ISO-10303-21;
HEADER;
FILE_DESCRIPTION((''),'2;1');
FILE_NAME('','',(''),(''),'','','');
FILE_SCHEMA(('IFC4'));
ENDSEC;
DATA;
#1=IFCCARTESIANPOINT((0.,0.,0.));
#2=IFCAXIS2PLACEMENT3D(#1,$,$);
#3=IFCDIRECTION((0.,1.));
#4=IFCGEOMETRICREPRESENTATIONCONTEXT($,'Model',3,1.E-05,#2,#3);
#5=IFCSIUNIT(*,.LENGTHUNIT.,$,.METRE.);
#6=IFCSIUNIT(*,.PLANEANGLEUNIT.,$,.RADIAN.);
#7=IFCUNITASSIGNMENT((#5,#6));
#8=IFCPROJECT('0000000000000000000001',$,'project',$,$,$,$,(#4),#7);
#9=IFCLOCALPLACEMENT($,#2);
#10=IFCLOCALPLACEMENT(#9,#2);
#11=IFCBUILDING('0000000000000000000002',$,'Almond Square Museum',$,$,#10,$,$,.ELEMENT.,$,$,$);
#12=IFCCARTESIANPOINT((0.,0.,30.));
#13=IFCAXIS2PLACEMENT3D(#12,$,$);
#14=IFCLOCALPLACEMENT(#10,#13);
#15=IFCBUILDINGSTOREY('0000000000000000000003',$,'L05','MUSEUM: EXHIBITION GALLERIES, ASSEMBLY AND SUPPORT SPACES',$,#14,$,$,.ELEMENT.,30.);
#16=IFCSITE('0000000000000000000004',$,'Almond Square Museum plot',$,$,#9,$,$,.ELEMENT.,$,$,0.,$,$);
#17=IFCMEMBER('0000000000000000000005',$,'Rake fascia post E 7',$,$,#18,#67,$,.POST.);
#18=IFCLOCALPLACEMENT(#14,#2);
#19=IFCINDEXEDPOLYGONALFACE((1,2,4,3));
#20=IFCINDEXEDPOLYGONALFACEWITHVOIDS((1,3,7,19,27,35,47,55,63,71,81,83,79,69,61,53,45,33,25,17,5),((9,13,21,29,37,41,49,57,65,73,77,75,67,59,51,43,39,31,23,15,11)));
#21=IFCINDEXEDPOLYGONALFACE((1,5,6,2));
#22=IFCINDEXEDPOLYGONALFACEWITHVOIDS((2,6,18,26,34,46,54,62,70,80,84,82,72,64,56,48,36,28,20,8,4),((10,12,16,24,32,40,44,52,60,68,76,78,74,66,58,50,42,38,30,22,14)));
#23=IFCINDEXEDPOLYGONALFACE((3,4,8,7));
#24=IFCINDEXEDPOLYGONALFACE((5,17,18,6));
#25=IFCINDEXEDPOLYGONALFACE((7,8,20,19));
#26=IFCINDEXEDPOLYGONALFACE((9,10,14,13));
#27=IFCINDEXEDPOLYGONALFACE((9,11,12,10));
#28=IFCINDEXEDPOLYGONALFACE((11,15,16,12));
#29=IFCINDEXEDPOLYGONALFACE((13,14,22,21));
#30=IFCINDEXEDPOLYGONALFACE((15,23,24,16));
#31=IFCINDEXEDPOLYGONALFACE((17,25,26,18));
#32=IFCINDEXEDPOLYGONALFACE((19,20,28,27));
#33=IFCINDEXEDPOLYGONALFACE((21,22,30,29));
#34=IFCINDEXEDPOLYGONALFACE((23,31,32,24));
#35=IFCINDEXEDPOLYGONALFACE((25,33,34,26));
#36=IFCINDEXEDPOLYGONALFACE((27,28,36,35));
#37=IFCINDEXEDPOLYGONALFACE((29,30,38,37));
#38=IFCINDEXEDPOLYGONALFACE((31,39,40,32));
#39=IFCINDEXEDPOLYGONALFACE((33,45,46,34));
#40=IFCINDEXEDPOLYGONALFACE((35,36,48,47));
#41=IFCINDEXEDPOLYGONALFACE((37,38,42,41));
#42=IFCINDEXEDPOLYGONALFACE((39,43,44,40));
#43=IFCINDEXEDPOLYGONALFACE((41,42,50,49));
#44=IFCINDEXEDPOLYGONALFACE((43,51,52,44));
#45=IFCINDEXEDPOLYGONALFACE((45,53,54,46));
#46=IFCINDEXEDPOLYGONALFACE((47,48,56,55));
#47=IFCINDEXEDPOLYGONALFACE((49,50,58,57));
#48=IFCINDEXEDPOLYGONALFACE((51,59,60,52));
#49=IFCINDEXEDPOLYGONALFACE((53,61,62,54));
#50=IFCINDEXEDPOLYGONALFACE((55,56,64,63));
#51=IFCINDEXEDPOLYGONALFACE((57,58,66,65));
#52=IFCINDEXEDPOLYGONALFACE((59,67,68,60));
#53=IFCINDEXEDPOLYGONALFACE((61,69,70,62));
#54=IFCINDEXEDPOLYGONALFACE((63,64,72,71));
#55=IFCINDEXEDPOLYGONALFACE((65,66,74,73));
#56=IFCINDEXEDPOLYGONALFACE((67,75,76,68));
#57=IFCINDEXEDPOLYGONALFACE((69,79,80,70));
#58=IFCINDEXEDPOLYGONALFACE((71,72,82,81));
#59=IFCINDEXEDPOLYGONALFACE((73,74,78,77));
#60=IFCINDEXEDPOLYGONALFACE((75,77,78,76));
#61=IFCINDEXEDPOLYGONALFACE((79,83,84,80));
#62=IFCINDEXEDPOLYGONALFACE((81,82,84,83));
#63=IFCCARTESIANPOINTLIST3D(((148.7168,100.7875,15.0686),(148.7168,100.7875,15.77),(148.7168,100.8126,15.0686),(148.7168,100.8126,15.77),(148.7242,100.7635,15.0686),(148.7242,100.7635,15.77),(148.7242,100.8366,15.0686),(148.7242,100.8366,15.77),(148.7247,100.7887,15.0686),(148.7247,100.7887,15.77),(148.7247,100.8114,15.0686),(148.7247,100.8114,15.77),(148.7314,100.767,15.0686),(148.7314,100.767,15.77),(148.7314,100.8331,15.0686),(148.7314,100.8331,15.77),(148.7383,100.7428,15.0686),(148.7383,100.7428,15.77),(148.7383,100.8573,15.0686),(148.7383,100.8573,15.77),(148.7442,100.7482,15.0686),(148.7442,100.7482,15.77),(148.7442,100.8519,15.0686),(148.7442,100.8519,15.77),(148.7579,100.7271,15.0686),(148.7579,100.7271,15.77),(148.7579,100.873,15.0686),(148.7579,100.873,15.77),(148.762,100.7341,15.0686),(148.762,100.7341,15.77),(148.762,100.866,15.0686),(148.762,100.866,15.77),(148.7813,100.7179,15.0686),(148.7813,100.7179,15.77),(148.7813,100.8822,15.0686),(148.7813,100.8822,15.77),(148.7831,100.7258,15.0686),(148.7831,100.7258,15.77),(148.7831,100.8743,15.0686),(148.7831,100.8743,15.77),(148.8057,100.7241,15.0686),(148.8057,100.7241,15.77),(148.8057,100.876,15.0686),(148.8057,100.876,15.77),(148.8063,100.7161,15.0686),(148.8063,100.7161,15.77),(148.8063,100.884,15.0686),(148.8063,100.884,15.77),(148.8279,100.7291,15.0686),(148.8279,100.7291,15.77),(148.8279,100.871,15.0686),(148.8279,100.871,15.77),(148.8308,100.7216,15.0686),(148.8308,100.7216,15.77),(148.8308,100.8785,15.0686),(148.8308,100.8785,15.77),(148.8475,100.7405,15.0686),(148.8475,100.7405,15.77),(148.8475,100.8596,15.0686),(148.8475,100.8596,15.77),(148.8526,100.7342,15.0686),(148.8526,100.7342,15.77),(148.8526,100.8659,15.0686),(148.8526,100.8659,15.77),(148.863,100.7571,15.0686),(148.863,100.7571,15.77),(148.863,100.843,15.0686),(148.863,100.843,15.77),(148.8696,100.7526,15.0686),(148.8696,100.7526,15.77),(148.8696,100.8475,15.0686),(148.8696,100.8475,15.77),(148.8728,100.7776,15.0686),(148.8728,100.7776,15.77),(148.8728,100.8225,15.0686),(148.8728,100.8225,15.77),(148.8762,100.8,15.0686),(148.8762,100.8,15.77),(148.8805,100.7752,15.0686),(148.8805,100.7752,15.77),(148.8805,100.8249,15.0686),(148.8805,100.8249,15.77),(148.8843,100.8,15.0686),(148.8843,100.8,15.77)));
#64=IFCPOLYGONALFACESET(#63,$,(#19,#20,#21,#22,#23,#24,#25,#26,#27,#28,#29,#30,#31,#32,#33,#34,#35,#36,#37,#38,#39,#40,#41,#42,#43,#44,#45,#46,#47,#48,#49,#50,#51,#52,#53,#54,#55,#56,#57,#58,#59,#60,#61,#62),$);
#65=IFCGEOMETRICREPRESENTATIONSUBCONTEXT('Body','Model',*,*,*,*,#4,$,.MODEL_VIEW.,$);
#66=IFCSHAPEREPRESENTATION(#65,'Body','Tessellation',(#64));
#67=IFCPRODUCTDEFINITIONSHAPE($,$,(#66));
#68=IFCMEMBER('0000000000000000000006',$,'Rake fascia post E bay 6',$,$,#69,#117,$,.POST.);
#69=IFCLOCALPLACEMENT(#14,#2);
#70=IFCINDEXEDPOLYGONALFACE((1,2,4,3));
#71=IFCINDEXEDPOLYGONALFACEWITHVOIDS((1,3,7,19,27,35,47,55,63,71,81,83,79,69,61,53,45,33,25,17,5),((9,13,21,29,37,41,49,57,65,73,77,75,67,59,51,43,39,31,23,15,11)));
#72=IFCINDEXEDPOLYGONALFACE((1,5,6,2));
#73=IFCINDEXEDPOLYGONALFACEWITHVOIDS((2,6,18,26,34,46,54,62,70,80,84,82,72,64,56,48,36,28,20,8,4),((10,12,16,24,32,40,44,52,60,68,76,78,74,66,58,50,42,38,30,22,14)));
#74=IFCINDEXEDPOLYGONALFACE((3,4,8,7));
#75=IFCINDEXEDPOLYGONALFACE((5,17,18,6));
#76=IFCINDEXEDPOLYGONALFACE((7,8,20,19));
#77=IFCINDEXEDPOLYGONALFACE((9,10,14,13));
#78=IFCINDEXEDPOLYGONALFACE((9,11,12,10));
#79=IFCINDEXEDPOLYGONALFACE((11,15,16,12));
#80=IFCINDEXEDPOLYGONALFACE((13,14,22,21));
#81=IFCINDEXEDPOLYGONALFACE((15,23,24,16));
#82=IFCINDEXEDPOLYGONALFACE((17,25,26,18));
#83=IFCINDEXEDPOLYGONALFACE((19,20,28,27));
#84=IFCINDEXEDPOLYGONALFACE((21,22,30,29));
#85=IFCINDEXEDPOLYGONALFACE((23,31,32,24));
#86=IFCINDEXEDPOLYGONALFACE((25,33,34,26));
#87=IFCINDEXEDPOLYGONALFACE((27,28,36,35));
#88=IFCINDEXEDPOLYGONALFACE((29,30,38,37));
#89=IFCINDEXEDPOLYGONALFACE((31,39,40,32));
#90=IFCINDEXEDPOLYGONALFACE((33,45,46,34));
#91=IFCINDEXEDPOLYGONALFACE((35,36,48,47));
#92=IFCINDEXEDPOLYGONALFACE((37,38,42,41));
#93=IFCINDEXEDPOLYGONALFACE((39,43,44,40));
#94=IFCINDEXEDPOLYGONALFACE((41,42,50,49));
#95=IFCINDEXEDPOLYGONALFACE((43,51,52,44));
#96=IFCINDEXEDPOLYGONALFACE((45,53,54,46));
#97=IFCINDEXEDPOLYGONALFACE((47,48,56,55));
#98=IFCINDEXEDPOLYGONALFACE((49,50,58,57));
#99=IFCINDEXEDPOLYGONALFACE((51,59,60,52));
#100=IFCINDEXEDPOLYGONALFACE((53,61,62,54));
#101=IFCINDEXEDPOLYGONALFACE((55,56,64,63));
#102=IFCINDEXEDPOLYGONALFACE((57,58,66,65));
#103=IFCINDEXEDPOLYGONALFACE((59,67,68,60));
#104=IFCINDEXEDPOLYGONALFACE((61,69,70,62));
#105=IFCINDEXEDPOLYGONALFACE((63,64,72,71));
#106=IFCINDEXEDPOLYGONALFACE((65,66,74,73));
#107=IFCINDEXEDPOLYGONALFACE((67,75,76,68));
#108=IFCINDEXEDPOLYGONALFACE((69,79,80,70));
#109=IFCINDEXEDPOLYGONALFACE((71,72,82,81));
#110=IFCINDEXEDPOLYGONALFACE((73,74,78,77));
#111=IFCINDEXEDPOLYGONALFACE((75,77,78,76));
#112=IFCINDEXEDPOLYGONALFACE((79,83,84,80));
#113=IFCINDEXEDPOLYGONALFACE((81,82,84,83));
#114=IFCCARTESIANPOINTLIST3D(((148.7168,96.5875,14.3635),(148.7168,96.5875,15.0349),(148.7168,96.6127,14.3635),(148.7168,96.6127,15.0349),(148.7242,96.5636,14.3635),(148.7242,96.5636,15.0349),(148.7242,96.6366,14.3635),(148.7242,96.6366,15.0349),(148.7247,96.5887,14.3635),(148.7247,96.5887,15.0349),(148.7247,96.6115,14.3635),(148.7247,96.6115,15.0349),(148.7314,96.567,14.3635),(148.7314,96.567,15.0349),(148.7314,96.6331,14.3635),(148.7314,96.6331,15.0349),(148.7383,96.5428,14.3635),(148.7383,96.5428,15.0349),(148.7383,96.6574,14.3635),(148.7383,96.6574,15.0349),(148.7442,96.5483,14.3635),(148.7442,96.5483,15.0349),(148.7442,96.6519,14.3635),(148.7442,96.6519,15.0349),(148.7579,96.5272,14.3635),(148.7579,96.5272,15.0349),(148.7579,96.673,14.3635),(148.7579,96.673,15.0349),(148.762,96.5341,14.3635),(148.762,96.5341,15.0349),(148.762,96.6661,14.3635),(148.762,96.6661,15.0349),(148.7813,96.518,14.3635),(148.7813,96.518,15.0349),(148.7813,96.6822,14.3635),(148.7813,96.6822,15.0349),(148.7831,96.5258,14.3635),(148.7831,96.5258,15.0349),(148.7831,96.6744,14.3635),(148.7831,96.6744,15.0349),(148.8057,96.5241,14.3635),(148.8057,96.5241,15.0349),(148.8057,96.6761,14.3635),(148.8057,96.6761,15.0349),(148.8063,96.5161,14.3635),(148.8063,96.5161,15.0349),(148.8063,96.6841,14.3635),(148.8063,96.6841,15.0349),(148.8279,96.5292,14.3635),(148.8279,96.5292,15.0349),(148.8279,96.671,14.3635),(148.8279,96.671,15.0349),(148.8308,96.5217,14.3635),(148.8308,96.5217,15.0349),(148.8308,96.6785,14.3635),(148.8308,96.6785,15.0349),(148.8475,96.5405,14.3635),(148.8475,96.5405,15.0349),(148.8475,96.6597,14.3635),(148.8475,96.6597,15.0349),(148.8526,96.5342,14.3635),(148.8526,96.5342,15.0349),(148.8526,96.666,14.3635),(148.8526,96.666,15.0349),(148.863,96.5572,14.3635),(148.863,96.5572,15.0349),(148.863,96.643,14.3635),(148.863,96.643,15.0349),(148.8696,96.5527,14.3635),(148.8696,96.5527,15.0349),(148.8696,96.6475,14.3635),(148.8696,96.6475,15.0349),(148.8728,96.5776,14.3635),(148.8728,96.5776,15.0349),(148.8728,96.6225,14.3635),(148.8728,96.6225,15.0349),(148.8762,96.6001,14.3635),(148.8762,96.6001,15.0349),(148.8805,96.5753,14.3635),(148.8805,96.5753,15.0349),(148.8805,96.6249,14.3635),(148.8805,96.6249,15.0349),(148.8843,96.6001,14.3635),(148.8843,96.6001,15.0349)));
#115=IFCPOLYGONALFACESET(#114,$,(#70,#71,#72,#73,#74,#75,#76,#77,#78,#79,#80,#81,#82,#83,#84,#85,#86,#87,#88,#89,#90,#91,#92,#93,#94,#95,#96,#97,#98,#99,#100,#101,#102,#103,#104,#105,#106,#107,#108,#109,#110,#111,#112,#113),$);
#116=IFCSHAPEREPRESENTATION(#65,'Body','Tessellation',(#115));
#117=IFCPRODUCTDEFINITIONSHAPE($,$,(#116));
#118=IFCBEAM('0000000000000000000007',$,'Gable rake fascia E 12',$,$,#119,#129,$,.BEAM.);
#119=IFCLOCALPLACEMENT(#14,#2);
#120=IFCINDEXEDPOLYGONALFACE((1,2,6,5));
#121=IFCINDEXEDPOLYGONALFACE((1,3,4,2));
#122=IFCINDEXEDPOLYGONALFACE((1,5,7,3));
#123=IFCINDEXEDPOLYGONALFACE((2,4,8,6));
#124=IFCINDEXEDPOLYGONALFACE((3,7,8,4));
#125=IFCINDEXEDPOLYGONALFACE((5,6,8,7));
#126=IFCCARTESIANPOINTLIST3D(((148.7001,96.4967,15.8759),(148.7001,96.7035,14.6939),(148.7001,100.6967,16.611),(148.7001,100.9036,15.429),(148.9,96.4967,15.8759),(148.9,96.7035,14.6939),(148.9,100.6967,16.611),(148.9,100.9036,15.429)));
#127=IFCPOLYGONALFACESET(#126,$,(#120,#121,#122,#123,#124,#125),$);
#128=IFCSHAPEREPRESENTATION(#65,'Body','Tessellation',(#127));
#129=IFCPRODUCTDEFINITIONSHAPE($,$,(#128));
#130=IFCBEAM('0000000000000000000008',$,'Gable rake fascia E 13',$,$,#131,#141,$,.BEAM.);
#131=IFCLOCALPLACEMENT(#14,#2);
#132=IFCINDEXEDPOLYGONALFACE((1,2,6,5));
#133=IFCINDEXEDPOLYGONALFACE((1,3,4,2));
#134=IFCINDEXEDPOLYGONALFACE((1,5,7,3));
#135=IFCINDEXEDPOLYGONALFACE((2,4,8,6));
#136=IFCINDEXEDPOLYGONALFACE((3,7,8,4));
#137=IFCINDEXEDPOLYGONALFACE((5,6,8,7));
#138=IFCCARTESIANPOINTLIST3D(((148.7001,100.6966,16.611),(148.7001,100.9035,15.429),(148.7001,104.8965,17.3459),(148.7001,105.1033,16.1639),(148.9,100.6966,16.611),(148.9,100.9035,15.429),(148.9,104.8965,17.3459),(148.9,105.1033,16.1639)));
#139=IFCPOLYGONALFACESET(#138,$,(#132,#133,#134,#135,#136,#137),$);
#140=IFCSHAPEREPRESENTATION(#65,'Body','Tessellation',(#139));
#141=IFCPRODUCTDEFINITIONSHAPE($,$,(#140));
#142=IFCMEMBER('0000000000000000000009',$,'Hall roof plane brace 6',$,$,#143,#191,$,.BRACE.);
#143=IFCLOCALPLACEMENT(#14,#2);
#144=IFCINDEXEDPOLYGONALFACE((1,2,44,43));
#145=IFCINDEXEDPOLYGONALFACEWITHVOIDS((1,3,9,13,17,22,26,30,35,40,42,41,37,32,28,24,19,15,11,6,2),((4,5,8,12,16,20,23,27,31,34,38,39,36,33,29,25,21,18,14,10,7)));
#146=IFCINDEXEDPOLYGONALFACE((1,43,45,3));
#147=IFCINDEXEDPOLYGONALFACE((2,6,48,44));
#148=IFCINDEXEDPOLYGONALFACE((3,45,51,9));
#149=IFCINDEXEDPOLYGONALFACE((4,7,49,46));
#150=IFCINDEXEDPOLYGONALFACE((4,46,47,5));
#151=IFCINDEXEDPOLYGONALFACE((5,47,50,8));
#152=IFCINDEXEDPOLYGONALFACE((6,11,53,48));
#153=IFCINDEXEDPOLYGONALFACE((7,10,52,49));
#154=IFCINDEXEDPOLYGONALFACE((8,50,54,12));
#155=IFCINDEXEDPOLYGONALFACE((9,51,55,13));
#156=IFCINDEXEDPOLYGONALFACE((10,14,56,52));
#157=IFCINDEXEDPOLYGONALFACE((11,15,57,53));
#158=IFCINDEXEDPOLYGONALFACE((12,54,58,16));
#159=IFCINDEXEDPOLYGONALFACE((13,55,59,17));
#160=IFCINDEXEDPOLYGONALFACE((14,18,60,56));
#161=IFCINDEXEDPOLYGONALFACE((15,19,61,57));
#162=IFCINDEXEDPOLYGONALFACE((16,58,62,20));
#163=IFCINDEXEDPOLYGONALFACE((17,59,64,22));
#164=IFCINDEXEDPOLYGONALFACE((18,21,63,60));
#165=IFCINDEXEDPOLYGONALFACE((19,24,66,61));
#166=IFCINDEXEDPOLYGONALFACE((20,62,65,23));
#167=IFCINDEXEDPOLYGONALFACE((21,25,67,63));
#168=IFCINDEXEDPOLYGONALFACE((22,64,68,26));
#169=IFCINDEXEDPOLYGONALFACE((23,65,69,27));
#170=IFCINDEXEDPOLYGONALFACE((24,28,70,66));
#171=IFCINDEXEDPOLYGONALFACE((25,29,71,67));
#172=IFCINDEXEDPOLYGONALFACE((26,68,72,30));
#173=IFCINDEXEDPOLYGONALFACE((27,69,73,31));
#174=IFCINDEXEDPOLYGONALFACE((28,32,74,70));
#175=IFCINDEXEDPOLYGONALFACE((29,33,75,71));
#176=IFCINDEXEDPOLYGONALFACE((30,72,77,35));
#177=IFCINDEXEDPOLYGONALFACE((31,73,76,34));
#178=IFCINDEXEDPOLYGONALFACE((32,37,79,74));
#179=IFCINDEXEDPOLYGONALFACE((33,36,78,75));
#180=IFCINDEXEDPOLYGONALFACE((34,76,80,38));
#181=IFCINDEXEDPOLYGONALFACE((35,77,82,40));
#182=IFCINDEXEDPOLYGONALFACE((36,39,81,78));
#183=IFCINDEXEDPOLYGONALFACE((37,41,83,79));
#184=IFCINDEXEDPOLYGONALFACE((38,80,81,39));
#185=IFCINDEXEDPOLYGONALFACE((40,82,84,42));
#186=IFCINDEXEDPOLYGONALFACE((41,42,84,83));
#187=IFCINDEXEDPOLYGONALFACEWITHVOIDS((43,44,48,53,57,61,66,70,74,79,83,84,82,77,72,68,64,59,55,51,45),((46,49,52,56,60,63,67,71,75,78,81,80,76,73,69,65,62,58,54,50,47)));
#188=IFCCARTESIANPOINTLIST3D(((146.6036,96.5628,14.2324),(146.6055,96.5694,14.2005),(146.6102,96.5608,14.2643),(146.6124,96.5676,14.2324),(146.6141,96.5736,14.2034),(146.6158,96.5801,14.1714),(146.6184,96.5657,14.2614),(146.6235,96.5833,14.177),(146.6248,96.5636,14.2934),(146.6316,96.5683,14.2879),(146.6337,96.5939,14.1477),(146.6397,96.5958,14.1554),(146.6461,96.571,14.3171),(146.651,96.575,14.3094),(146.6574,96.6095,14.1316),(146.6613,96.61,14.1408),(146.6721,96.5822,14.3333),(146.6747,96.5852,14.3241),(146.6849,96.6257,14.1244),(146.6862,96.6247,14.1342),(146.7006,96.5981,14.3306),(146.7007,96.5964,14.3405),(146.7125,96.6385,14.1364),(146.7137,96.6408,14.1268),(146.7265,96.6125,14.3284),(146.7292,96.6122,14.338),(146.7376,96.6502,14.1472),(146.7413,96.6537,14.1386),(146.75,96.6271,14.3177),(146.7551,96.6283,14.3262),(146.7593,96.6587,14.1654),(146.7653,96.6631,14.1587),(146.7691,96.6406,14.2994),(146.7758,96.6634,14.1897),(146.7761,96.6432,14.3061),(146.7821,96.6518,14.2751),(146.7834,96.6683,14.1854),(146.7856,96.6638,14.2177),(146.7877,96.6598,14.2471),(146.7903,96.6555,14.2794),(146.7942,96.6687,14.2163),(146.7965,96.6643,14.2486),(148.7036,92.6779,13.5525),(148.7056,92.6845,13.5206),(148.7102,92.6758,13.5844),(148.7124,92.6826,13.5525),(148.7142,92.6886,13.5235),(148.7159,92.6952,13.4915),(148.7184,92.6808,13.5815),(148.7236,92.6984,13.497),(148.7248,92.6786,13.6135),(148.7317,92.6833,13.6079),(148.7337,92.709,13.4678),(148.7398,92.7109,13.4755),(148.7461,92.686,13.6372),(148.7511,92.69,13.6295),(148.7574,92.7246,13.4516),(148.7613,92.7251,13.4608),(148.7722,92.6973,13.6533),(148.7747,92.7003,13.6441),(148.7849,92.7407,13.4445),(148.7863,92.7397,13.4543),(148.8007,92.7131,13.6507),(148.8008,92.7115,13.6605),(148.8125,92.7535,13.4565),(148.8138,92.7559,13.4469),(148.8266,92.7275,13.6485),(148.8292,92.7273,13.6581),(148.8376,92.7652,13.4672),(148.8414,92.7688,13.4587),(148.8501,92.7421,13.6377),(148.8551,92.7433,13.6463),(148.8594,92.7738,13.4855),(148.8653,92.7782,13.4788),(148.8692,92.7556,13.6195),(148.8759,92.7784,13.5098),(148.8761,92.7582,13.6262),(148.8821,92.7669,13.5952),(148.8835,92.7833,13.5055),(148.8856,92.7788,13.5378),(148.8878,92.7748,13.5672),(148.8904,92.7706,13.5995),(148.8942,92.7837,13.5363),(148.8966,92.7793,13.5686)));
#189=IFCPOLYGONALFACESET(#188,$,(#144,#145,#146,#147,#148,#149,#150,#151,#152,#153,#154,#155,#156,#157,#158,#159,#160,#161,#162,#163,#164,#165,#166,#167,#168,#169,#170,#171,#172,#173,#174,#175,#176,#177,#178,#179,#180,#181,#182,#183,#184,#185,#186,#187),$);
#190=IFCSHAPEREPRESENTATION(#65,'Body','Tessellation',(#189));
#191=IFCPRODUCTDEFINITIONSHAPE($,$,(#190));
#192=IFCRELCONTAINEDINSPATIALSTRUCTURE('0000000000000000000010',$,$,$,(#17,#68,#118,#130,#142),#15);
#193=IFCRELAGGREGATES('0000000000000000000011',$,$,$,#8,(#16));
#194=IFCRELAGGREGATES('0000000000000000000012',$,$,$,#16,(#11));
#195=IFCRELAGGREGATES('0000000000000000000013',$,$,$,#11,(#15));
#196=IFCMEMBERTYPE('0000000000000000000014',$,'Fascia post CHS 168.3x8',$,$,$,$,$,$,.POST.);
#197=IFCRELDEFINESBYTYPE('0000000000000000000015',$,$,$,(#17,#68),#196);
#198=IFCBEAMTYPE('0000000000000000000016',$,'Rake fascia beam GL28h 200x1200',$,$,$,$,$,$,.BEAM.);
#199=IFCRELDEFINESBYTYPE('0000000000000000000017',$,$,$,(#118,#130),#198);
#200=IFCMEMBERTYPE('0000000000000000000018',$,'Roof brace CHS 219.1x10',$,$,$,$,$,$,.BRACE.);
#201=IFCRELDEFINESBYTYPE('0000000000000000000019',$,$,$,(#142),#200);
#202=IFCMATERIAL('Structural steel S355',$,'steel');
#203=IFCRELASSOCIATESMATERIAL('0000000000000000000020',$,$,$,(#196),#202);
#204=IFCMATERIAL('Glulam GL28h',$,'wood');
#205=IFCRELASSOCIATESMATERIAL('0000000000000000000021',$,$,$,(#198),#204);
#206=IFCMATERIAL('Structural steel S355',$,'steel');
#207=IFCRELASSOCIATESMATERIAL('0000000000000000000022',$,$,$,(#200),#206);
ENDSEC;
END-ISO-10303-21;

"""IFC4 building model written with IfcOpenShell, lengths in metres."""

from ifc_helpers import new_model, si_unit, direction, frame, origin, origin_2d, place, context, subcontext, project, spatial, rectangle, hollow_circle, extrude, material, material_profile, profile_set, type_object, element, save


model = new_model("IFC4")

# Units and contexts
model_context = context("Model", 3, precision=1e-05, world=origin(), true_north=direction((0.0, 1.0)))
body_context = subcontext(model_context, "Body", "Model", "MODEL_VIEW")
ifc_project = project(units=[si_unit("LENGTHUNIT", "METRE"), si_unit("PLANEANGLEUNIT", "RADIAN")], contexts=[model_context])

# Site, building, storey
site_placement = place(None, origin())
site = spatial("IfcSite", under=ifc_project, at=site_placement, Name="Almond Square Museum plot", CompositionType="ELEMENT", RefElevation=0.0)
building_placement = place(site_placement, origin())
building = spatial("IfcBuilding", under=site, at=building_placement, Name="Almond Square Museum", CompositionType="ELEMENT")
storey_placement = place(building_placement, frame((0.0, 0.0, 30.0)))
storey = spatial("IfcBuildingStorey", under=building, at=storey_placement, Name="L05", Description="MUSEUM: EXHIBITION GALLERIES, ASSEMBLY AND SUPPORT SPACES", CompositionType="ELEMENT", Elevation=30.0)

# Members
ifc_material_1 = material(Name="Structural steel S355", Category="steel")
ifc_material_profile_1 = material_profile(ifc_material_1, hollow_circle(Radius=0.0842, WallThickness=0.0081, at=origin_2d()))
ifc_profile_set_1 = profile_set([ifc_material_profile_1], Name="Structural steel S355")
member_type_1 = type_object("IfcMemberType", Name="Fascia post CHS 168.3x8", PredefinedType="POST", material=ifc_profile_set_1)
member_1_placement = place(storey_placement, frame((148.8, 100.8, 15.0686), z_axis=(0.0, 0.0, 1.0), x_axis=(1.0, 0.0, 0.0)))
element("IfcMember", 1, at=member_1_placement, inside=storey, type_object=member_type_1, Name="Rake fascia post E 7", PredefinedType="POST", context=body_context, shape_type="SweptSolid", body=[
    extrude(hollow_circle(Radius=0.0842, WallThickness=0.0081, at=origin_2d()), origin(), (0.0, 0.0, 1.0), 0.7014),
])
member_2_placement = place(storey_placement, frame((148.8, 96.6001, 14.3635), z_axis=(0.0, 0.0, 1.0), x_axis=(1.0, 0.0, 0.0)))
element("IfcMember", 2, at=member_2_placement, inside=storey, type_object=member_type_1, Name="Rake fascia post E bay 6", PredefinedType="POST", context=body_context, shape_type="SweptSolid", body=[
    extrude(hollow_circle(Radius=0.0842, WallThickness=0.0081, at=origin_2d()), origin(), (0.0, 0.0, 1.0), 0.6714),
])

# Beams
ifc_material_2 = material(Name="Glulam GL28h", Category="wood")
ifc_material_profile_2 = material_profile(ifc_material_2, rectangle(XDim=0.2, YDim=1.2, at=origin_2d()))
ifc_profile_set_2 = profile_set([ifc_material_profile_2], Name="Glulam GL28h")
beam_type = type_object("IfcBeamType", Name="Rake fascia beam GL28h 200x1200", PredefinedType="BEAM", material=ifc_profile_set_2)
beam_1_placement = place(storey_placement, frame((148.8, 96.6001, 15.2849), z_axis=(0.0, 0.985026, 0.172407), x_axis=(-1.0, 0.0, 0.0)))
element("IfcBeam", 3, at=beam_1_placement, inside=storey, type_object=beam_type, Name="Gable rake fascia E 12", PredefinedType="BEAM", context=body_context, shape_type="SweptSolid", body=[
    extrude(rectangle(XDim=0.2, YDim=1.2, at=origin_2d()), origin(), (0.0, 0.0, 1.0), 4.2639),
])
beam_2_placement = place(storey_placement, frame((148.8, 100.8, 16.02), z_axis=(0.0, 0.985036, 0.172351), x_axis=(-1.0, 0.0, 0.0)))
element("IfcBeam", 4, at=beam_2_placement, inside=storey, type_object=beam_type, Name="Gable rake fascia E 13", PredefinedType="BEAM", context=body_context, shape_type="SweptSolid", body=[
    extrude(rectangle(XDim=0.2, YDim=1.2, at=origin_2d()), origin(), (0.0, 0.0, 1.0), 4.2637),
])

# Member
ifc_material_3 = material(Name="Structural steel S355", Category="steel")
ifc_material_profile_3 = material_profile(ifc_material_3, hollow_circle(Radius=0.1096, WallThickness=0.01, at=origin_2d()))
ifc_profile_set_3 = profile_set([ifc_material_profile_3], Name="Structural steel S355")
member_type_2 = type_object("IfcMemberType", Name="Roof brace CHS 219.1x10", PredefinedType="BRACE", material=ifc_profile_set_3)
for number, where, z_axis, x_axis, name in (
    (5, (148.8, 92.73, 13.5525), (-0.469996, 0.869454, 0.152167), (-0.879698, -0.475533, 0.0), "Hall roof plane brace 6"),
):
    element("IfcMember", number, at=place(storey_placement, frame(where, z_axis=z_axis, x_axis=x_axis)), inside=storey, type_object=member_type_2, Name=name, PredefinedType="BRACE", context=body_context, shape_type="SweptSolid", body=[
        extrude(hollow_circle(Radius=0.1096, WallThickness=0.01, at=origin_2d()), origin(), (0.0, 0.0, 1.0), 4.4683),
    ])

save(model, "model.ifc")
